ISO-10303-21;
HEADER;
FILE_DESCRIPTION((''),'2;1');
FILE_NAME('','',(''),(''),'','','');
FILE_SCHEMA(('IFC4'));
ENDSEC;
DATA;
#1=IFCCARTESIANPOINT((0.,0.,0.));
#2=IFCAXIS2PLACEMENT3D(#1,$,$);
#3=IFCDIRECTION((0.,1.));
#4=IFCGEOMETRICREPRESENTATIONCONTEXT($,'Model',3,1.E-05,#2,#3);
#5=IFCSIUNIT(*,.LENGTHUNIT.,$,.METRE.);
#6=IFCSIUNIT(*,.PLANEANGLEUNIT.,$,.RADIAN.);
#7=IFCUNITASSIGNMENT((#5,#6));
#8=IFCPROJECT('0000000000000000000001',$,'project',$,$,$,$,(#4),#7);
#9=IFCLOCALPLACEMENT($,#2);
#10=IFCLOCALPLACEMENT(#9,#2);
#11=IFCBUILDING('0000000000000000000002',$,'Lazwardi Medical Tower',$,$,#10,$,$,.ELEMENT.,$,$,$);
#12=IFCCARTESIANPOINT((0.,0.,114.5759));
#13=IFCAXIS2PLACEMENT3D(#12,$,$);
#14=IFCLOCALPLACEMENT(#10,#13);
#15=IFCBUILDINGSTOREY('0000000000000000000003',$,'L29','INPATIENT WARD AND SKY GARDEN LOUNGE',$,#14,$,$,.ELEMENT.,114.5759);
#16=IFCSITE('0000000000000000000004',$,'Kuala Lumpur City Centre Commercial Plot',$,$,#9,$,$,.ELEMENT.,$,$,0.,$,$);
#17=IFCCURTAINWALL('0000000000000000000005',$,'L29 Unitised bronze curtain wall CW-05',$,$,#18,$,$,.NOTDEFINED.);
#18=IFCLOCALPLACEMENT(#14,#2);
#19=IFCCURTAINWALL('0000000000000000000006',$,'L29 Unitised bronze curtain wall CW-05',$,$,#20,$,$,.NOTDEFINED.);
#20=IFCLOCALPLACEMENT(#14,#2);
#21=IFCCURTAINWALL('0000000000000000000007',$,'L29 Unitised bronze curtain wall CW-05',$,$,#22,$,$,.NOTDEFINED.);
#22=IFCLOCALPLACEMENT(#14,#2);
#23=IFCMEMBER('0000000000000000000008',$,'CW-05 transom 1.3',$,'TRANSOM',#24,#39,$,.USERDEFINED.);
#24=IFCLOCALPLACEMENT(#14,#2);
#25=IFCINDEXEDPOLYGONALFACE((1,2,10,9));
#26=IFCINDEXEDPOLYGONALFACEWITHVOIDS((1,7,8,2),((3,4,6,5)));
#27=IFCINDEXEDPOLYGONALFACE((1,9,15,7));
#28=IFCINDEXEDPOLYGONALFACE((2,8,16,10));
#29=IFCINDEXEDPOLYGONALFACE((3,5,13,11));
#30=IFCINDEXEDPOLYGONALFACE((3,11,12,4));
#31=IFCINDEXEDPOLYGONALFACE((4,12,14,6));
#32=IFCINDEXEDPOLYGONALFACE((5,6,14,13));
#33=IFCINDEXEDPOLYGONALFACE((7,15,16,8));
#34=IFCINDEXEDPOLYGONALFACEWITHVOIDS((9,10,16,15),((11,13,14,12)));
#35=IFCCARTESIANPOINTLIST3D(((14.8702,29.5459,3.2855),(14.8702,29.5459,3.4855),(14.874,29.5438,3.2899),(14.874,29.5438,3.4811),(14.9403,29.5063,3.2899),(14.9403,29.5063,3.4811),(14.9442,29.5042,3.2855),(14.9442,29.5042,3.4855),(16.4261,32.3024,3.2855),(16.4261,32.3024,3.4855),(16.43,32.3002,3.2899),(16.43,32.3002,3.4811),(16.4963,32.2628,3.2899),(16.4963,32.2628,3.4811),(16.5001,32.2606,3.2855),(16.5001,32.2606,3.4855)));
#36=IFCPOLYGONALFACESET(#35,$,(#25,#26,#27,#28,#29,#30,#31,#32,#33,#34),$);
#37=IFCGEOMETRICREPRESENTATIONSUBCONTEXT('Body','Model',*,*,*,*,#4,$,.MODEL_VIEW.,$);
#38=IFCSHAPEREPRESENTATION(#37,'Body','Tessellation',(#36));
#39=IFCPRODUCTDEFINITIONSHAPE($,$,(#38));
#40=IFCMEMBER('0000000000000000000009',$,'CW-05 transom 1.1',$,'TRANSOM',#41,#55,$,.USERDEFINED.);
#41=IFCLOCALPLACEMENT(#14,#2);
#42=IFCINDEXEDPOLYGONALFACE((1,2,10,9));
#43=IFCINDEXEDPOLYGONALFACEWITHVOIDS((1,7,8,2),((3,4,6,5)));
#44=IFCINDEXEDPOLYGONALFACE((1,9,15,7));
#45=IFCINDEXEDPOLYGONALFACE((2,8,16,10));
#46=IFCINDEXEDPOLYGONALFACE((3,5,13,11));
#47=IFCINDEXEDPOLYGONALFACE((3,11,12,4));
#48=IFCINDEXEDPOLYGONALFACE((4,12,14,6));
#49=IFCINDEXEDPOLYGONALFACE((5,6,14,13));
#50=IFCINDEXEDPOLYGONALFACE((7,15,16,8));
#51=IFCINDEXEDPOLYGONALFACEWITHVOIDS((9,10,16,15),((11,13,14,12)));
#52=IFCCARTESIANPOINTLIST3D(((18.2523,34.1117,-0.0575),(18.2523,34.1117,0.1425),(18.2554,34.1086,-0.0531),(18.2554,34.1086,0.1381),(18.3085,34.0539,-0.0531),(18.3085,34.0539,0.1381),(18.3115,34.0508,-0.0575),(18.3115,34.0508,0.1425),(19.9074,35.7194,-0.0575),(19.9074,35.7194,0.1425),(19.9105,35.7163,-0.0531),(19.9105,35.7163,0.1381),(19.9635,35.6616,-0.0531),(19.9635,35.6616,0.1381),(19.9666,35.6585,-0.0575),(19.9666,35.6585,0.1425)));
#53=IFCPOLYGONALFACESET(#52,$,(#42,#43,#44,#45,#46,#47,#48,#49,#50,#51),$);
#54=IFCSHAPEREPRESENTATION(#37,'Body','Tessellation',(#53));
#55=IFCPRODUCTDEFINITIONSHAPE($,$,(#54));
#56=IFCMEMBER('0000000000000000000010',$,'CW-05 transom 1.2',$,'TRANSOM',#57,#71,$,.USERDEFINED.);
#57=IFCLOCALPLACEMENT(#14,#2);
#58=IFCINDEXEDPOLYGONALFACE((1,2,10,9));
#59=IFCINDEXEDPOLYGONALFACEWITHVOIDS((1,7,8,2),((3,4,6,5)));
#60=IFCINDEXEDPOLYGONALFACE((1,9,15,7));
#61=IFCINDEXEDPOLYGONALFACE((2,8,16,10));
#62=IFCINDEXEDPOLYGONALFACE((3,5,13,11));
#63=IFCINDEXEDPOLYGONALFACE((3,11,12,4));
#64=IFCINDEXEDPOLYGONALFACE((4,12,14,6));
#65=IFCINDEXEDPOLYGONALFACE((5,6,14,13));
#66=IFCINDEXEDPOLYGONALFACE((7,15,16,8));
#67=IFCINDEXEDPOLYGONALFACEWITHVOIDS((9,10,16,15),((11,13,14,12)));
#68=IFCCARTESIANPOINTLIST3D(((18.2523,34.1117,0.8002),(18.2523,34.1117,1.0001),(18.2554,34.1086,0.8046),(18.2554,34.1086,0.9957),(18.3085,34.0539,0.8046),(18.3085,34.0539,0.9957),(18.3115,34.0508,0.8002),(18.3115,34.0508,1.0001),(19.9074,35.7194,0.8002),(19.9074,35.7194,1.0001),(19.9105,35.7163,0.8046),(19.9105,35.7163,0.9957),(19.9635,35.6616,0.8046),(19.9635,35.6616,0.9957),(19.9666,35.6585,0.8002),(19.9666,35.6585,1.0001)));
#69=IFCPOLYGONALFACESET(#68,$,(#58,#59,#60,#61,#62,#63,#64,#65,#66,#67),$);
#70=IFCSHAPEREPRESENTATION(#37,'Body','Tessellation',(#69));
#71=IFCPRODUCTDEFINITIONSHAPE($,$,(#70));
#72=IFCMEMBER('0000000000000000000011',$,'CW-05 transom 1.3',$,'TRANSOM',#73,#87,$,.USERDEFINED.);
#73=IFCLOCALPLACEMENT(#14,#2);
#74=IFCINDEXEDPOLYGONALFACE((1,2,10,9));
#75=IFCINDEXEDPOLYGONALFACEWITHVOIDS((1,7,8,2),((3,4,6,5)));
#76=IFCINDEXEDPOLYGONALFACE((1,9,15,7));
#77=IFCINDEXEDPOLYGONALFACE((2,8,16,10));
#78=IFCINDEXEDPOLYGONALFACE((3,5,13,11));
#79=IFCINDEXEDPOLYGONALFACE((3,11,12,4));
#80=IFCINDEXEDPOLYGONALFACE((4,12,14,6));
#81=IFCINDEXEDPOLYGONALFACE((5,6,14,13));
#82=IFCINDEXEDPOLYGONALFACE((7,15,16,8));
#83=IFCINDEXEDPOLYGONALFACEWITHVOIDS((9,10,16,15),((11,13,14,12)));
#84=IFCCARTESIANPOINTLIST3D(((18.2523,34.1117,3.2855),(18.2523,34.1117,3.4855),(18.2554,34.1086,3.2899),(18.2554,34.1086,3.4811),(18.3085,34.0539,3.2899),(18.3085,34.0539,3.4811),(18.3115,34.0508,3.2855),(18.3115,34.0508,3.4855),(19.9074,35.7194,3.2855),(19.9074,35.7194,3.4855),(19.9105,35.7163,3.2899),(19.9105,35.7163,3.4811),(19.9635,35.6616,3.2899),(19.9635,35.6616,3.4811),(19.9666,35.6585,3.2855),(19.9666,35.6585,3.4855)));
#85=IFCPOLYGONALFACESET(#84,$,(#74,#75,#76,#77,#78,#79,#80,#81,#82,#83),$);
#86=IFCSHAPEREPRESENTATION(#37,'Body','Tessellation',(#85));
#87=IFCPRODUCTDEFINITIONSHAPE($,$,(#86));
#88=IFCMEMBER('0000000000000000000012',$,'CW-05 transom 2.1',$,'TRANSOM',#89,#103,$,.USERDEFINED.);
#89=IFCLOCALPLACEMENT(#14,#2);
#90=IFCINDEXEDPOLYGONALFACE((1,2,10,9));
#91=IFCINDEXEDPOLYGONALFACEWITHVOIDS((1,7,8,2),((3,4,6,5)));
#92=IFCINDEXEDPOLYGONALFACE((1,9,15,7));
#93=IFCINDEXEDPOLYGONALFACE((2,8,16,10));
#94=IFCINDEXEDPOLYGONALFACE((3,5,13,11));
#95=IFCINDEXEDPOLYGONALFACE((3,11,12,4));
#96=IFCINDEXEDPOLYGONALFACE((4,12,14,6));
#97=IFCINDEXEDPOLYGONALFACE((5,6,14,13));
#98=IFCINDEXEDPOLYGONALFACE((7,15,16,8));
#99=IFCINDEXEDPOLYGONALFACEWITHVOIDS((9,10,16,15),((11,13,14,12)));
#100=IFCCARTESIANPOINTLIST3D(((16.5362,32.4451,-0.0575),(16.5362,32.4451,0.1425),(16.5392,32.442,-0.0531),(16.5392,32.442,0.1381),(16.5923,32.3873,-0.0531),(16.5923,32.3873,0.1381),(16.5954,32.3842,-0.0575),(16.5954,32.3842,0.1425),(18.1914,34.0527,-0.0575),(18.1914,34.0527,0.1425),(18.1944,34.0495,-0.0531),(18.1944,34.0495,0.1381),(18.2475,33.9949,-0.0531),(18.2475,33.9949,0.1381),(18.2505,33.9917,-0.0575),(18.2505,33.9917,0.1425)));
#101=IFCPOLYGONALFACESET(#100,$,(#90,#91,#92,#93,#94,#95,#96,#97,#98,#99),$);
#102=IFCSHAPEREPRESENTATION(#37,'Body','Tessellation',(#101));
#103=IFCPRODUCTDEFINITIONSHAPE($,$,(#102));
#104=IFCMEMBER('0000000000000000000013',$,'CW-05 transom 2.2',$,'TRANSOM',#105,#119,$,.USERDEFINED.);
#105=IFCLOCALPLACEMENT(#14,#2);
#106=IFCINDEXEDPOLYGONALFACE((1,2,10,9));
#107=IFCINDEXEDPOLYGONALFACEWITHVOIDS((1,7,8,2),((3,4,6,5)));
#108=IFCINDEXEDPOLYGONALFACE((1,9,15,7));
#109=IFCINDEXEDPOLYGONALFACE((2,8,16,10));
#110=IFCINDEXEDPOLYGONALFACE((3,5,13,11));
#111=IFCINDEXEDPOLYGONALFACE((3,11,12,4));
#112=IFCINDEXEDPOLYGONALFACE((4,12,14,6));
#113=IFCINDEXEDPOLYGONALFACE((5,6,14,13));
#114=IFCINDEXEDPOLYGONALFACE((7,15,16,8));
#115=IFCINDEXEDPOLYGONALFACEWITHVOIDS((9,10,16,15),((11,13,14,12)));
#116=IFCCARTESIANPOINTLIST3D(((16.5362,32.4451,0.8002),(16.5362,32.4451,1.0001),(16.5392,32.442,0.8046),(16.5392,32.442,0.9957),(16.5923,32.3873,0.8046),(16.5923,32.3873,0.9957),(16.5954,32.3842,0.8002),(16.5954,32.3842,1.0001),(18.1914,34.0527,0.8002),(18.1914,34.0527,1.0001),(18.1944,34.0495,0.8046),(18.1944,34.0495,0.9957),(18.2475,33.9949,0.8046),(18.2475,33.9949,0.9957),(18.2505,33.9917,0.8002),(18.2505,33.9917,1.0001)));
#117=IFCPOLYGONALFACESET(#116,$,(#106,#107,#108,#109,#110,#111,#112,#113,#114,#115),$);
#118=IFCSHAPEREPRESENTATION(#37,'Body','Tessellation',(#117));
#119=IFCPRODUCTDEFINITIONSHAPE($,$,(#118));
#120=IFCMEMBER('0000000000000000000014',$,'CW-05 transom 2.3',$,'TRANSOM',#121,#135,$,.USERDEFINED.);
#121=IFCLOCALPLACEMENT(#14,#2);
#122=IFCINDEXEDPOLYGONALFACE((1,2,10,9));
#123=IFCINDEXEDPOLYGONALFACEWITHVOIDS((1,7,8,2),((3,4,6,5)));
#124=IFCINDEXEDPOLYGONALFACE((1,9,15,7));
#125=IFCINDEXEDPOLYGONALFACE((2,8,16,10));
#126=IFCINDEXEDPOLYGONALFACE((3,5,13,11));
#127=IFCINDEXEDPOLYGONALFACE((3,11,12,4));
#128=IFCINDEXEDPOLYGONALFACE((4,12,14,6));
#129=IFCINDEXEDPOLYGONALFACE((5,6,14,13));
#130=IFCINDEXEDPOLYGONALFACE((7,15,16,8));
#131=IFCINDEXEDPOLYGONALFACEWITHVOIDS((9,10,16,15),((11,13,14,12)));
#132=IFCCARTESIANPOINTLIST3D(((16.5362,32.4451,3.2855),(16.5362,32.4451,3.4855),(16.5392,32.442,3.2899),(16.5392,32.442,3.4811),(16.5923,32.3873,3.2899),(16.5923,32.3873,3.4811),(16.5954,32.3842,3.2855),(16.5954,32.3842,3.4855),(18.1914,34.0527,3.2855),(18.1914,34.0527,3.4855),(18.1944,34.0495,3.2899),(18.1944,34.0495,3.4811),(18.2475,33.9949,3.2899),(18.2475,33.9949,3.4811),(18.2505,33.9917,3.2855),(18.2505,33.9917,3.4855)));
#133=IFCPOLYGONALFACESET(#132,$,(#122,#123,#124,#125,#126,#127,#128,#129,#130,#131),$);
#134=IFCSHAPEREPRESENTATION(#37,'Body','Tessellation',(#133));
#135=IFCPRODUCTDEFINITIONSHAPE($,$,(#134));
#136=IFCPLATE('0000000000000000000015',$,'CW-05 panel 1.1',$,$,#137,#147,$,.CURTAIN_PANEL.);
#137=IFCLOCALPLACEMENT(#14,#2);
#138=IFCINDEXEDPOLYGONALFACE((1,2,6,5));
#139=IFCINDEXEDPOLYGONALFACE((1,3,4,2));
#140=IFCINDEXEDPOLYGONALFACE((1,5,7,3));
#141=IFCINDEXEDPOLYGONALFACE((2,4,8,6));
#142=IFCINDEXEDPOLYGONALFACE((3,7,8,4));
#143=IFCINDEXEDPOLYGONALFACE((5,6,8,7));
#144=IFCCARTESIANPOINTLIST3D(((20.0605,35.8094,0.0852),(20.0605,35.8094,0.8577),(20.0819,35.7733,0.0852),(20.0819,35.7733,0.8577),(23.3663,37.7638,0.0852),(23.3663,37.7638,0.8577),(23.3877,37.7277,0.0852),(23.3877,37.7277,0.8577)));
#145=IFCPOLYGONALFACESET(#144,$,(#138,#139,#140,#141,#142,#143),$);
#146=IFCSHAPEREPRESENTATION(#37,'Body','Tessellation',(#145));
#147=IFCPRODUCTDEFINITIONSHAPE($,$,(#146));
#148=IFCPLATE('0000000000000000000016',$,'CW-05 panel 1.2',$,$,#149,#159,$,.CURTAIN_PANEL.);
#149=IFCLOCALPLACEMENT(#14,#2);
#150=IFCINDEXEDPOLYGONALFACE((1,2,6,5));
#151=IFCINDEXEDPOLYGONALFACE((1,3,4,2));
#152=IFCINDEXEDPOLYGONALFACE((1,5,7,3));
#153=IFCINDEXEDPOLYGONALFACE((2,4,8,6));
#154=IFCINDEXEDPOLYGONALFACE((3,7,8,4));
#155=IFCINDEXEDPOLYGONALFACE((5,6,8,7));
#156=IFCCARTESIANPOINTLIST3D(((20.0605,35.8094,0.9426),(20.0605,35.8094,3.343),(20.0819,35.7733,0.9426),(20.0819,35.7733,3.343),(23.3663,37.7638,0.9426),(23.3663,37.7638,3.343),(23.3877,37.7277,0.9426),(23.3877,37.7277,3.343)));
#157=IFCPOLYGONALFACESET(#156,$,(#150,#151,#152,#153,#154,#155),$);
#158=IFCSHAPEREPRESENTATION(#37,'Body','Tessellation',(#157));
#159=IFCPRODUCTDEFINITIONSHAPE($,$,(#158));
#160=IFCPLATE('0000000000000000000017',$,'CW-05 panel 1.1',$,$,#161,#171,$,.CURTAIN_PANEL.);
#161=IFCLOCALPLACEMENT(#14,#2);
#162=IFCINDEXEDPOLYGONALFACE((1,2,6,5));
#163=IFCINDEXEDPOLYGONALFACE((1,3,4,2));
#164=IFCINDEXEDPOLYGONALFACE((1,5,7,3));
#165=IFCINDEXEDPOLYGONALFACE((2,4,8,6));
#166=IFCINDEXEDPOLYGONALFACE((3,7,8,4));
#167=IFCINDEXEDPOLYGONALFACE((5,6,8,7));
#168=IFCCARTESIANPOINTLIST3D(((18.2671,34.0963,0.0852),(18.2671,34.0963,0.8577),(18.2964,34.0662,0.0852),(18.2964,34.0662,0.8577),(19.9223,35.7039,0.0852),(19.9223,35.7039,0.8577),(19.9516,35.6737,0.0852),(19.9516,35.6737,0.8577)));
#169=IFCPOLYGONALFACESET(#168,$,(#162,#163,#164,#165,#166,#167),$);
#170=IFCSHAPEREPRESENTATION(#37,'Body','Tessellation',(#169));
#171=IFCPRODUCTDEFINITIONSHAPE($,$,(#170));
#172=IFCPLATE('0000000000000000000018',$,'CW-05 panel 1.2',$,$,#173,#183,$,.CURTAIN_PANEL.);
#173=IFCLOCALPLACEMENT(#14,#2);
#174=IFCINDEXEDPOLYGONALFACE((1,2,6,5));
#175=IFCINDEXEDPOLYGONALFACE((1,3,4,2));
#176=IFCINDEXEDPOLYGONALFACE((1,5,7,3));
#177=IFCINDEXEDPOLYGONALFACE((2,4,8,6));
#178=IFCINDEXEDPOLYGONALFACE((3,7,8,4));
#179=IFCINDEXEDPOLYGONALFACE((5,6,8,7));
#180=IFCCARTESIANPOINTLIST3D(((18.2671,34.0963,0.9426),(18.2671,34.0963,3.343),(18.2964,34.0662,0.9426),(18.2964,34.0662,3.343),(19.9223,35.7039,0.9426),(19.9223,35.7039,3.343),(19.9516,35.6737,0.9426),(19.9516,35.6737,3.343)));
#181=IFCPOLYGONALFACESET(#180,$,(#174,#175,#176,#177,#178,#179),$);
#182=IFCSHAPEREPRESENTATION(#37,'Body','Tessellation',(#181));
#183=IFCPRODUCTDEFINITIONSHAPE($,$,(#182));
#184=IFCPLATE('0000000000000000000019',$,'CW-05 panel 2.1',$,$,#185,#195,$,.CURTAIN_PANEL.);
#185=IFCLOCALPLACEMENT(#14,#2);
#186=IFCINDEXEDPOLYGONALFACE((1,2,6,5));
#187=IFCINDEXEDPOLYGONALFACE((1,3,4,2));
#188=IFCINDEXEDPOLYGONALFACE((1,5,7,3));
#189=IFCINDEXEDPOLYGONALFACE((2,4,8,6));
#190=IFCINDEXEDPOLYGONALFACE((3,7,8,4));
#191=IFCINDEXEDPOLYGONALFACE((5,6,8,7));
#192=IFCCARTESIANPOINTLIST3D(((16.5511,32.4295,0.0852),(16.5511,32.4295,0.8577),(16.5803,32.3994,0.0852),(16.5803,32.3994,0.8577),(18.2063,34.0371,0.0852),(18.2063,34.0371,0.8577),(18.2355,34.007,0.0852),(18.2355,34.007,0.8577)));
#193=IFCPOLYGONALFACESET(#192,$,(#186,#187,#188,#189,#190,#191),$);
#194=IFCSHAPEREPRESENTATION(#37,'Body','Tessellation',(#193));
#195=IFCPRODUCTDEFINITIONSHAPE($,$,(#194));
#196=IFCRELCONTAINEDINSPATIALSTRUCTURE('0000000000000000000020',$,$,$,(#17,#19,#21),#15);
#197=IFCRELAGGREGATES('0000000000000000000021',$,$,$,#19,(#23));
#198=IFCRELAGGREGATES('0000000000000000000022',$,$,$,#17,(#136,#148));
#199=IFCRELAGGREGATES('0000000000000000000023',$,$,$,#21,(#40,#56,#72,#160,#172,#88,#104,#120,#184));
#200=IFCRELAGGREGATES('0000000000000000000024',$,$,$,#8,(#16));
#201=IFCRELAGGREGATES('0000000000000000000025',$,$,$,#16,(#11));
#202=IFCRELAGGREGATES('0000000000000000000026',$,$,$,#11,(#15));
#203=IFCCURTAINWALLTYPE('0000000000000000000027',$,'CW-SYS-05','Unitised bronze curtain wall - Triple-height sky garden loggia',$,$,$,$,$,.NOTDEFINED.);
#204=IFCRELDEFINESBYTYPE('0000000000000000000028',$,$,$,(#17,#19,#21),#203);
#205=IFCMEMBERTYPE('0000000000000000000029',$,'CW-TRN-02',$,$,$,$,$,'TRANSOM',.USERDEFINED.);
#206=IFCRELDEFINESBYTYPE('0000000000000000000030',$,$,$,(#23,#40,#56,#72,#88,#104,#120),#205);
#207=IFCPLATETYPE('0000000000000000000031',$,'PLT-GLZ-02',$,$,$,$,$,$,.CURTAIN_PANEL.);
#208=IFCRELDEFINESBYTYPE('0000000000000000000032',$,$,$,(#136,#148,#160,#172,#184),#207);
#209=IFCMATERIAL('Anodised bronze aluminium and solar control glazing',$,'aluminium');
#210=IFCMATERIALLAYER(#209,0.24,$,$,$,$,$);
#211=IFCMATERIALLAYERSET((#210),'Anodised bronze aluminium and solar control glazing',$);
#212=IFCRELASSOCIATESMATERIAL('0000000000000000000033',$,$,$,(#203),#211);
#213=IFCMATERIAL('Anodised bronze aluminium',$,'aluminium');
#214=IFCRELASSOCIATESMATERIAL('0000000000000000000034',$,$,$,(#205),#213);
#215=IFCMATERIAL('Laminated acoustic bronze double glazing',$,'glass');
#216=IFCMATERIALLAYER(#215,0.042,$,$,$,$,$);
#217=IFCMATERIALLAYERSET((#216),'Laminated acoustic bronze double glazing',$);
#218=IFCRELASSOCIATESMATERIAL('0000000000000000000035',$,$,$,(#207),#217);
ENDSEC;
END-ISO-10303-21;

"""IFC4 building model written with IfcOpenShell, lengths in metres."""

from ifc_helpers import new_model, si_unit, direction, frame, origin, origin_2d, place, context, subcontext, project, spatial, rectangle, hollow_rectangle, extrude, material, layer, layer_set, material_profile, profile_set, type_object, element, aggregate, save


model = new_model("IFC4")

# Units and contexts
model_context = context("Model", 3, precision=1e-05, world=origin(), true_north=direction((0.0, 1.0)))
body_context = subcontext(model_context, "Body", "Model", "MODEL_VIEW")
ifc_project = project(units=[si_unit("LENGTHUNIT", "METRE"), si_unit("PLANEANGLEUNIT", "RADIAN")], contexts=[model_context])

# Site, building, storey
site_placement = place(None, origin())
site = spatial("IfcSite", under=ifc_project, at=site_placement, Name="Kuala Lumpur City Centre Commercial Plot", CompositionType="ELEMENT", RefElevation=0.0)
building_placement = place(site_placement, origin())
building = spatial("IfcBuilding", under=site, at=building_placement, Name="Lazwardi Medical Tower", CompositionType="ELEMENT")
storey_placement = place(building_placement, frame((0.0, 0.0, 114.5759)))
storey = spatial("IfcBuildingStorey", under=building, at=storey_placement, Name="L29", Description="INPATIENT WARD AND SKY GARDEN LOUNGE", CompositionType="ELEMENT", Elevation=114.5759)

# Curtain walls
ifc_material_1 = material(Name="Anodised bronze aluminium and solar control glazing", Category="aluminium")
ifc_layer_1 = layer(ifc_material_1, 0.24)
ifc_layer_set_1 = layer_set([ifc_layer_1], Name="Anodised bronze aluminium and solar control glazing")
curtain_wall_type = type_object("IfcCurtainWallType", Name="CW-SYS-05", Description="Unitised bronze curtain wall - Triple-height sky garden loggia", PredefinedType="NOTDEFINED", material=ifc_layer_set_1)
curtain_wall_1_placement = place(storey_placement, origin())
curtain_wall_1 = element("IfcCurtainWall", 1, at=curtain_wall_1_placement, inside=storey, type_object=curtain_wall_type, Name="L29 Unitised bronze curtain wall CW-05", PredefinedType="NOTDEFINED")
ifc_material_2 = material(Name="Anodised bronze aluminium", Category="aluminium")
curtain_wall_2_placement = place(storey_placement, origin())
curtain_wall_2 = element("IfcCurtainWall", 2, at=curtain_wall_2_placement, inside=storey, type_object=curtain_wall_type, Name="L29 Unitised bronze curtain wall CW-05", PredefinedType="NOTDEFINED")

# Curtain wall
curtain_wall_3_placement = place(storey_placement, origin())
curtain_wall_3 = element("IfcCurtainWall", 3, at=curtain_wall_3_placement, inside=storey, type_object=curtain_wall_type, Name="L29 Unitised bronze curtain wall CW-05", PredefinedType="NOTDEFINED")

# Members
ifc_material_profile_1 = material_profile(ifc_material_2, hollow_rectangle(XDim=0.085, YDim=0.2, WallThickness=0.0044, at=origin_2d()), Name="ALU-TRANSOM 200x85x4.5")
ifc_profile_set_1 = profile_set([ifc_material_profile_1], Name="Anodised bronze aluminium")
member_type_1 = type_object("IfcMemberType", Name="CW-TRN-02", ElementType="TRANSOM", PredefinedType="USERDEFINED", material=ifc_profile_set_1)
member_1_placement = place(storey_placement, frame((16.4631, 32.2815, 3.3855), z_axis=(-0.491572, -0.870837, 0.0), x_axis=(0.870837, -0.491572, 0.0)))
member_1 = element("IfcMember", 4, at=member_1_placement, type_object=member_type_1, Name="CW-05 transom 1.3", ObjectType="TRANSOM", PredefinedType="USERDEFINED", context=body_context, shape_type="SweptSolid", body=[
    extrude(hollow_rectangle(XDim=0.085, YDim=0.2, WallThickness=0.0044, at=origin_2d()), origin(), (0.0, 0.0, 1.0), 3.1653),
])
aggregate(curtain_wall_2, [member_1])
member_2_placement = place(storey_placement, frame((19.937, 35.689, 0.0425), z_axis=(-0.717296, -0.696769, 0.0), x_axis=(0.696769, -0.717296, 0.0)))
member_2 = element("IfcMember", 5, at=member_2_placement, type_object=member_type_1, Name="CW-05 transom 1.1", ObjectType="TRANSOM", PredefinedType="USERDEFINED", context=body_context, shape_type="SweptSolid", body=[
    extrude(hollow_rectangle(XDim=0.085, YDim=0.2, WallThickness=0.0044, at=origin_2d()), origin(), (0.0, 0.0, 1.0), 2.3074),
])
member_3_placement = place(storey_placement, frame((19.937, 35.689, 0.9001), z_axis=(-0.717296, -0.696769, 0.0), x_axis=(0.696769, -0.717296, 0.0)))
member_3 = element("IfcMember", 6, at=member_3_placement, type_object=member_type_1, Name="CW-05 transom 1.2", ObjectType="TRANSOM", PredefinedType="USERDEFINED", context=body_context, shape_type="SweptSolid", body=[
    extrude(hollow_rectangle(XDim=0.085, YDim=0.2, WallThickness=0.0044, at=origin_2d()), origin(), (0.0, 0.0, 1.0), 2.3074),
])
member_4_placement = place(storey_placement, frame((19.937, 35.689, 3.3855), z_axis=(-0.717296, -0.696769, 0.0), x_axis=(0.696769, -0.717296, 0.0)))
member_4 = element("IfcMember", 7, at=member_4_placement, type_object=member_type_1, Name="CW-05 transom 1.3", ObjectType="TRANSOM", PredefinedType="USERDEFINED", context=body_context, shape_type="SweptSolid", body=[
    extrude(hollow_rectangle(XDim=0.085, YDim=0.2, WallThickness=0.0044, at=origin_2d()), origin(), (0.0, 0.0, 1.0), 2.3074),
])
member_5_placement = place(storey_placement, frame((18.2209, 34.0222, 0.0425), z_axis=(-0.717347, -0.696716, 0.0), x_axis=(0.696716, -0.717347, 0.0)))
member_5 = element("IfcMember", 8, at=member_5_placement, type_object=member_type_1, Name="CW-05 transom 2.1", ObjectType="TRANSOM", PredefinedType="USERDEFINED", context=body_context, shape_type="SweptSolid", body=[
    extrude(hollow_rectangle(XDim=0.085, YDim=0.2, WallThickness=0.0044, at=origin_2d()), origin(), (0.0, 0.0, 1.0), 2.3074),
])
member_6_placement = place(storey_placement, frame((18.2209, 34.0222, 0.9001), z_axis=(-0.717347, -0.696716, 0.0), x_axis=(0.696716, -0.717347, 0.0)))
member_6 = element("IfcMember", 9, at=member_6_placement, type_object=member_type_1, Name="CW-05 transom 2.2", ObjectType="TRANSOM", PredefinedType="USERDEFINED", context=body_context, shape_type="SweptSolid", body=[
    extrude(hollow_rectangle(XDim=0.085, YDim=0.2, WallThickness=0.0044, at=origin_2d()), origin(), (0.0, 0.0, 1.0), 2.3074),
])
member_7_placement = place(storey_placement, frame((18.2209, 34.0222, 3.3855), z_axis=(-0.717347, -0.696716, 0.0), x_axis=(0.696716, -0.717347, 0.0)))
member_7 = element("IfcMember", 10, at=member_7_placement, type_object=member_type_1, Name="CW-05 transom 2.3", ObjectType="TRANSOM", PredefinedType="USERDEFINED", context=body_context, shape_type="SweptSolid", body=[
    extrude(hollow_rectangle(XDim=0.085, YDim=0.2, WallThickness=0.0044, at=origin_2d()), origin(), (0.0, 0.0, 1.0), 2.3074),
])

# Plates
ifc_material_3 = material(Name="Laminated acoustic bronze double glazing", Category="glass")
ifc_layer_2 = layer(ifc_material_3, 0.042)
ifc_layer_set_2 = layer_set([ifc_layer_2], Name="Laminated acoustic bronze double glazing")
plate_type = type_object("IfcPlateType", Name="PLT-GLZ-02", PredefinedType="CURTAIN_PANEL", material=ifc_layer_set_2)
plate_1_placement = place(storey_placement, frame((21.7241, 36.7686, 0.0852), z_axis=(0.0, 0.0, 1.0), x_axis=(-0.860815, -0.508918, 0.0)))
plate_1 = element("IfcPlate", 11, at=plate_1_placement, type_object=plate_type, Name="CW-05 panel 1.1", PredefinedType="CURTAIN_PANEL", context=body_context, shape_type="SweptSolid", body=[
    extrude(rectangle(XDim=3.8403, YDim=0.042, at=origin_2d()), origin(), (0.0, 0.0, 1.0), 0.7725),
])
plate_2_placement = place(storey_placement, frame((21.7241, 36.7686, 0.9426), z_axis=(0.0, 0.0, 1.0), x_axis=(-0.860815, -0.508918, 0.0)))
plate_2 = element("IfcPlate", 12, at=plate_2_placement, type_object=plate_type, Name="CW-05 panel 1.2", PredefinedType="CURTAIN_PANEL", context=body_context, shape_type="SweptSolid", body=[
    extrude(rectangle(XDim=3.8403, YDim=0.042, at=origin_2d()), origin(), (0.0, 0.0, 1.0), 2.4004),
])
aggregate(curtain_wall_1, [plate_1, plate_2])
plate_3_placement = place(storey_placement, frame((19.1094, 34.885, 0.0852), z_axis=(0.0, 0.0, 1.0), x_axis=(-0.717351, -0.696712, 0.0)))
plate_3 = element("IfcPlate", 13, at=plate_3_placement, type_object=plate_type, Name="CW-05 panel 1.1", PredefinedType="CURTAIN_PANEL", context=body_context, shape_type="SweptSolid", body=[
    extrude(rectangle(XDim=2.3074, YDim=0.042, at=origin_2d()), origin(), (0.0, 0.0, 1.0), 0.7725),
])
plate_4_placement = place(storey_placement, frame((19.1094, 34.885, 0.9426), z_axis=(0.0, 0.0, 1.0), x_axis=(-0.717351, -0.696712, 0.0)))
plate_4 = element("IfcPlate", 14, at=plate_4_placement, type_object=plate_type, Name="CW-05 panel 1.2", PredefinedType="CURTAIN_PANEL", context=body_context, shape_type="SweptSolid", body=[
    extrude(rectangle(XDim=2.3074, YDim=0.042, at=origin_2d()), origin(), (0.0, 0.0, 1.0), 2.4004),
])
plate_5_placement = place(storey_placement, frame((17.3933, 33.2183, 0.0852), z_axis=(0.0, 0.0, 1.0), x_axis=(-0.717351, -0.696712, 0.0)))
plate_5 = element("IfcPlate", 15, at=plate_5_placement, type_object=plate_type, Name="CW-05 panel 2.1", PredefinedType="CURTAIN_PANEL", context=body_context, shape_type="SweptSolid", body=[
    extrude(rectangle(XDim=2.3074, YDim=0.042, at=origin_2d()), origin(), (0.0, 0.0, 1.0), 0.7725),
])
aggregate(curtain_wall_3, [member_2, member_3, member_4, plate_3, plate_4, member_5, member_6, member_7, plate_5])

save(model, "model.ifc")
